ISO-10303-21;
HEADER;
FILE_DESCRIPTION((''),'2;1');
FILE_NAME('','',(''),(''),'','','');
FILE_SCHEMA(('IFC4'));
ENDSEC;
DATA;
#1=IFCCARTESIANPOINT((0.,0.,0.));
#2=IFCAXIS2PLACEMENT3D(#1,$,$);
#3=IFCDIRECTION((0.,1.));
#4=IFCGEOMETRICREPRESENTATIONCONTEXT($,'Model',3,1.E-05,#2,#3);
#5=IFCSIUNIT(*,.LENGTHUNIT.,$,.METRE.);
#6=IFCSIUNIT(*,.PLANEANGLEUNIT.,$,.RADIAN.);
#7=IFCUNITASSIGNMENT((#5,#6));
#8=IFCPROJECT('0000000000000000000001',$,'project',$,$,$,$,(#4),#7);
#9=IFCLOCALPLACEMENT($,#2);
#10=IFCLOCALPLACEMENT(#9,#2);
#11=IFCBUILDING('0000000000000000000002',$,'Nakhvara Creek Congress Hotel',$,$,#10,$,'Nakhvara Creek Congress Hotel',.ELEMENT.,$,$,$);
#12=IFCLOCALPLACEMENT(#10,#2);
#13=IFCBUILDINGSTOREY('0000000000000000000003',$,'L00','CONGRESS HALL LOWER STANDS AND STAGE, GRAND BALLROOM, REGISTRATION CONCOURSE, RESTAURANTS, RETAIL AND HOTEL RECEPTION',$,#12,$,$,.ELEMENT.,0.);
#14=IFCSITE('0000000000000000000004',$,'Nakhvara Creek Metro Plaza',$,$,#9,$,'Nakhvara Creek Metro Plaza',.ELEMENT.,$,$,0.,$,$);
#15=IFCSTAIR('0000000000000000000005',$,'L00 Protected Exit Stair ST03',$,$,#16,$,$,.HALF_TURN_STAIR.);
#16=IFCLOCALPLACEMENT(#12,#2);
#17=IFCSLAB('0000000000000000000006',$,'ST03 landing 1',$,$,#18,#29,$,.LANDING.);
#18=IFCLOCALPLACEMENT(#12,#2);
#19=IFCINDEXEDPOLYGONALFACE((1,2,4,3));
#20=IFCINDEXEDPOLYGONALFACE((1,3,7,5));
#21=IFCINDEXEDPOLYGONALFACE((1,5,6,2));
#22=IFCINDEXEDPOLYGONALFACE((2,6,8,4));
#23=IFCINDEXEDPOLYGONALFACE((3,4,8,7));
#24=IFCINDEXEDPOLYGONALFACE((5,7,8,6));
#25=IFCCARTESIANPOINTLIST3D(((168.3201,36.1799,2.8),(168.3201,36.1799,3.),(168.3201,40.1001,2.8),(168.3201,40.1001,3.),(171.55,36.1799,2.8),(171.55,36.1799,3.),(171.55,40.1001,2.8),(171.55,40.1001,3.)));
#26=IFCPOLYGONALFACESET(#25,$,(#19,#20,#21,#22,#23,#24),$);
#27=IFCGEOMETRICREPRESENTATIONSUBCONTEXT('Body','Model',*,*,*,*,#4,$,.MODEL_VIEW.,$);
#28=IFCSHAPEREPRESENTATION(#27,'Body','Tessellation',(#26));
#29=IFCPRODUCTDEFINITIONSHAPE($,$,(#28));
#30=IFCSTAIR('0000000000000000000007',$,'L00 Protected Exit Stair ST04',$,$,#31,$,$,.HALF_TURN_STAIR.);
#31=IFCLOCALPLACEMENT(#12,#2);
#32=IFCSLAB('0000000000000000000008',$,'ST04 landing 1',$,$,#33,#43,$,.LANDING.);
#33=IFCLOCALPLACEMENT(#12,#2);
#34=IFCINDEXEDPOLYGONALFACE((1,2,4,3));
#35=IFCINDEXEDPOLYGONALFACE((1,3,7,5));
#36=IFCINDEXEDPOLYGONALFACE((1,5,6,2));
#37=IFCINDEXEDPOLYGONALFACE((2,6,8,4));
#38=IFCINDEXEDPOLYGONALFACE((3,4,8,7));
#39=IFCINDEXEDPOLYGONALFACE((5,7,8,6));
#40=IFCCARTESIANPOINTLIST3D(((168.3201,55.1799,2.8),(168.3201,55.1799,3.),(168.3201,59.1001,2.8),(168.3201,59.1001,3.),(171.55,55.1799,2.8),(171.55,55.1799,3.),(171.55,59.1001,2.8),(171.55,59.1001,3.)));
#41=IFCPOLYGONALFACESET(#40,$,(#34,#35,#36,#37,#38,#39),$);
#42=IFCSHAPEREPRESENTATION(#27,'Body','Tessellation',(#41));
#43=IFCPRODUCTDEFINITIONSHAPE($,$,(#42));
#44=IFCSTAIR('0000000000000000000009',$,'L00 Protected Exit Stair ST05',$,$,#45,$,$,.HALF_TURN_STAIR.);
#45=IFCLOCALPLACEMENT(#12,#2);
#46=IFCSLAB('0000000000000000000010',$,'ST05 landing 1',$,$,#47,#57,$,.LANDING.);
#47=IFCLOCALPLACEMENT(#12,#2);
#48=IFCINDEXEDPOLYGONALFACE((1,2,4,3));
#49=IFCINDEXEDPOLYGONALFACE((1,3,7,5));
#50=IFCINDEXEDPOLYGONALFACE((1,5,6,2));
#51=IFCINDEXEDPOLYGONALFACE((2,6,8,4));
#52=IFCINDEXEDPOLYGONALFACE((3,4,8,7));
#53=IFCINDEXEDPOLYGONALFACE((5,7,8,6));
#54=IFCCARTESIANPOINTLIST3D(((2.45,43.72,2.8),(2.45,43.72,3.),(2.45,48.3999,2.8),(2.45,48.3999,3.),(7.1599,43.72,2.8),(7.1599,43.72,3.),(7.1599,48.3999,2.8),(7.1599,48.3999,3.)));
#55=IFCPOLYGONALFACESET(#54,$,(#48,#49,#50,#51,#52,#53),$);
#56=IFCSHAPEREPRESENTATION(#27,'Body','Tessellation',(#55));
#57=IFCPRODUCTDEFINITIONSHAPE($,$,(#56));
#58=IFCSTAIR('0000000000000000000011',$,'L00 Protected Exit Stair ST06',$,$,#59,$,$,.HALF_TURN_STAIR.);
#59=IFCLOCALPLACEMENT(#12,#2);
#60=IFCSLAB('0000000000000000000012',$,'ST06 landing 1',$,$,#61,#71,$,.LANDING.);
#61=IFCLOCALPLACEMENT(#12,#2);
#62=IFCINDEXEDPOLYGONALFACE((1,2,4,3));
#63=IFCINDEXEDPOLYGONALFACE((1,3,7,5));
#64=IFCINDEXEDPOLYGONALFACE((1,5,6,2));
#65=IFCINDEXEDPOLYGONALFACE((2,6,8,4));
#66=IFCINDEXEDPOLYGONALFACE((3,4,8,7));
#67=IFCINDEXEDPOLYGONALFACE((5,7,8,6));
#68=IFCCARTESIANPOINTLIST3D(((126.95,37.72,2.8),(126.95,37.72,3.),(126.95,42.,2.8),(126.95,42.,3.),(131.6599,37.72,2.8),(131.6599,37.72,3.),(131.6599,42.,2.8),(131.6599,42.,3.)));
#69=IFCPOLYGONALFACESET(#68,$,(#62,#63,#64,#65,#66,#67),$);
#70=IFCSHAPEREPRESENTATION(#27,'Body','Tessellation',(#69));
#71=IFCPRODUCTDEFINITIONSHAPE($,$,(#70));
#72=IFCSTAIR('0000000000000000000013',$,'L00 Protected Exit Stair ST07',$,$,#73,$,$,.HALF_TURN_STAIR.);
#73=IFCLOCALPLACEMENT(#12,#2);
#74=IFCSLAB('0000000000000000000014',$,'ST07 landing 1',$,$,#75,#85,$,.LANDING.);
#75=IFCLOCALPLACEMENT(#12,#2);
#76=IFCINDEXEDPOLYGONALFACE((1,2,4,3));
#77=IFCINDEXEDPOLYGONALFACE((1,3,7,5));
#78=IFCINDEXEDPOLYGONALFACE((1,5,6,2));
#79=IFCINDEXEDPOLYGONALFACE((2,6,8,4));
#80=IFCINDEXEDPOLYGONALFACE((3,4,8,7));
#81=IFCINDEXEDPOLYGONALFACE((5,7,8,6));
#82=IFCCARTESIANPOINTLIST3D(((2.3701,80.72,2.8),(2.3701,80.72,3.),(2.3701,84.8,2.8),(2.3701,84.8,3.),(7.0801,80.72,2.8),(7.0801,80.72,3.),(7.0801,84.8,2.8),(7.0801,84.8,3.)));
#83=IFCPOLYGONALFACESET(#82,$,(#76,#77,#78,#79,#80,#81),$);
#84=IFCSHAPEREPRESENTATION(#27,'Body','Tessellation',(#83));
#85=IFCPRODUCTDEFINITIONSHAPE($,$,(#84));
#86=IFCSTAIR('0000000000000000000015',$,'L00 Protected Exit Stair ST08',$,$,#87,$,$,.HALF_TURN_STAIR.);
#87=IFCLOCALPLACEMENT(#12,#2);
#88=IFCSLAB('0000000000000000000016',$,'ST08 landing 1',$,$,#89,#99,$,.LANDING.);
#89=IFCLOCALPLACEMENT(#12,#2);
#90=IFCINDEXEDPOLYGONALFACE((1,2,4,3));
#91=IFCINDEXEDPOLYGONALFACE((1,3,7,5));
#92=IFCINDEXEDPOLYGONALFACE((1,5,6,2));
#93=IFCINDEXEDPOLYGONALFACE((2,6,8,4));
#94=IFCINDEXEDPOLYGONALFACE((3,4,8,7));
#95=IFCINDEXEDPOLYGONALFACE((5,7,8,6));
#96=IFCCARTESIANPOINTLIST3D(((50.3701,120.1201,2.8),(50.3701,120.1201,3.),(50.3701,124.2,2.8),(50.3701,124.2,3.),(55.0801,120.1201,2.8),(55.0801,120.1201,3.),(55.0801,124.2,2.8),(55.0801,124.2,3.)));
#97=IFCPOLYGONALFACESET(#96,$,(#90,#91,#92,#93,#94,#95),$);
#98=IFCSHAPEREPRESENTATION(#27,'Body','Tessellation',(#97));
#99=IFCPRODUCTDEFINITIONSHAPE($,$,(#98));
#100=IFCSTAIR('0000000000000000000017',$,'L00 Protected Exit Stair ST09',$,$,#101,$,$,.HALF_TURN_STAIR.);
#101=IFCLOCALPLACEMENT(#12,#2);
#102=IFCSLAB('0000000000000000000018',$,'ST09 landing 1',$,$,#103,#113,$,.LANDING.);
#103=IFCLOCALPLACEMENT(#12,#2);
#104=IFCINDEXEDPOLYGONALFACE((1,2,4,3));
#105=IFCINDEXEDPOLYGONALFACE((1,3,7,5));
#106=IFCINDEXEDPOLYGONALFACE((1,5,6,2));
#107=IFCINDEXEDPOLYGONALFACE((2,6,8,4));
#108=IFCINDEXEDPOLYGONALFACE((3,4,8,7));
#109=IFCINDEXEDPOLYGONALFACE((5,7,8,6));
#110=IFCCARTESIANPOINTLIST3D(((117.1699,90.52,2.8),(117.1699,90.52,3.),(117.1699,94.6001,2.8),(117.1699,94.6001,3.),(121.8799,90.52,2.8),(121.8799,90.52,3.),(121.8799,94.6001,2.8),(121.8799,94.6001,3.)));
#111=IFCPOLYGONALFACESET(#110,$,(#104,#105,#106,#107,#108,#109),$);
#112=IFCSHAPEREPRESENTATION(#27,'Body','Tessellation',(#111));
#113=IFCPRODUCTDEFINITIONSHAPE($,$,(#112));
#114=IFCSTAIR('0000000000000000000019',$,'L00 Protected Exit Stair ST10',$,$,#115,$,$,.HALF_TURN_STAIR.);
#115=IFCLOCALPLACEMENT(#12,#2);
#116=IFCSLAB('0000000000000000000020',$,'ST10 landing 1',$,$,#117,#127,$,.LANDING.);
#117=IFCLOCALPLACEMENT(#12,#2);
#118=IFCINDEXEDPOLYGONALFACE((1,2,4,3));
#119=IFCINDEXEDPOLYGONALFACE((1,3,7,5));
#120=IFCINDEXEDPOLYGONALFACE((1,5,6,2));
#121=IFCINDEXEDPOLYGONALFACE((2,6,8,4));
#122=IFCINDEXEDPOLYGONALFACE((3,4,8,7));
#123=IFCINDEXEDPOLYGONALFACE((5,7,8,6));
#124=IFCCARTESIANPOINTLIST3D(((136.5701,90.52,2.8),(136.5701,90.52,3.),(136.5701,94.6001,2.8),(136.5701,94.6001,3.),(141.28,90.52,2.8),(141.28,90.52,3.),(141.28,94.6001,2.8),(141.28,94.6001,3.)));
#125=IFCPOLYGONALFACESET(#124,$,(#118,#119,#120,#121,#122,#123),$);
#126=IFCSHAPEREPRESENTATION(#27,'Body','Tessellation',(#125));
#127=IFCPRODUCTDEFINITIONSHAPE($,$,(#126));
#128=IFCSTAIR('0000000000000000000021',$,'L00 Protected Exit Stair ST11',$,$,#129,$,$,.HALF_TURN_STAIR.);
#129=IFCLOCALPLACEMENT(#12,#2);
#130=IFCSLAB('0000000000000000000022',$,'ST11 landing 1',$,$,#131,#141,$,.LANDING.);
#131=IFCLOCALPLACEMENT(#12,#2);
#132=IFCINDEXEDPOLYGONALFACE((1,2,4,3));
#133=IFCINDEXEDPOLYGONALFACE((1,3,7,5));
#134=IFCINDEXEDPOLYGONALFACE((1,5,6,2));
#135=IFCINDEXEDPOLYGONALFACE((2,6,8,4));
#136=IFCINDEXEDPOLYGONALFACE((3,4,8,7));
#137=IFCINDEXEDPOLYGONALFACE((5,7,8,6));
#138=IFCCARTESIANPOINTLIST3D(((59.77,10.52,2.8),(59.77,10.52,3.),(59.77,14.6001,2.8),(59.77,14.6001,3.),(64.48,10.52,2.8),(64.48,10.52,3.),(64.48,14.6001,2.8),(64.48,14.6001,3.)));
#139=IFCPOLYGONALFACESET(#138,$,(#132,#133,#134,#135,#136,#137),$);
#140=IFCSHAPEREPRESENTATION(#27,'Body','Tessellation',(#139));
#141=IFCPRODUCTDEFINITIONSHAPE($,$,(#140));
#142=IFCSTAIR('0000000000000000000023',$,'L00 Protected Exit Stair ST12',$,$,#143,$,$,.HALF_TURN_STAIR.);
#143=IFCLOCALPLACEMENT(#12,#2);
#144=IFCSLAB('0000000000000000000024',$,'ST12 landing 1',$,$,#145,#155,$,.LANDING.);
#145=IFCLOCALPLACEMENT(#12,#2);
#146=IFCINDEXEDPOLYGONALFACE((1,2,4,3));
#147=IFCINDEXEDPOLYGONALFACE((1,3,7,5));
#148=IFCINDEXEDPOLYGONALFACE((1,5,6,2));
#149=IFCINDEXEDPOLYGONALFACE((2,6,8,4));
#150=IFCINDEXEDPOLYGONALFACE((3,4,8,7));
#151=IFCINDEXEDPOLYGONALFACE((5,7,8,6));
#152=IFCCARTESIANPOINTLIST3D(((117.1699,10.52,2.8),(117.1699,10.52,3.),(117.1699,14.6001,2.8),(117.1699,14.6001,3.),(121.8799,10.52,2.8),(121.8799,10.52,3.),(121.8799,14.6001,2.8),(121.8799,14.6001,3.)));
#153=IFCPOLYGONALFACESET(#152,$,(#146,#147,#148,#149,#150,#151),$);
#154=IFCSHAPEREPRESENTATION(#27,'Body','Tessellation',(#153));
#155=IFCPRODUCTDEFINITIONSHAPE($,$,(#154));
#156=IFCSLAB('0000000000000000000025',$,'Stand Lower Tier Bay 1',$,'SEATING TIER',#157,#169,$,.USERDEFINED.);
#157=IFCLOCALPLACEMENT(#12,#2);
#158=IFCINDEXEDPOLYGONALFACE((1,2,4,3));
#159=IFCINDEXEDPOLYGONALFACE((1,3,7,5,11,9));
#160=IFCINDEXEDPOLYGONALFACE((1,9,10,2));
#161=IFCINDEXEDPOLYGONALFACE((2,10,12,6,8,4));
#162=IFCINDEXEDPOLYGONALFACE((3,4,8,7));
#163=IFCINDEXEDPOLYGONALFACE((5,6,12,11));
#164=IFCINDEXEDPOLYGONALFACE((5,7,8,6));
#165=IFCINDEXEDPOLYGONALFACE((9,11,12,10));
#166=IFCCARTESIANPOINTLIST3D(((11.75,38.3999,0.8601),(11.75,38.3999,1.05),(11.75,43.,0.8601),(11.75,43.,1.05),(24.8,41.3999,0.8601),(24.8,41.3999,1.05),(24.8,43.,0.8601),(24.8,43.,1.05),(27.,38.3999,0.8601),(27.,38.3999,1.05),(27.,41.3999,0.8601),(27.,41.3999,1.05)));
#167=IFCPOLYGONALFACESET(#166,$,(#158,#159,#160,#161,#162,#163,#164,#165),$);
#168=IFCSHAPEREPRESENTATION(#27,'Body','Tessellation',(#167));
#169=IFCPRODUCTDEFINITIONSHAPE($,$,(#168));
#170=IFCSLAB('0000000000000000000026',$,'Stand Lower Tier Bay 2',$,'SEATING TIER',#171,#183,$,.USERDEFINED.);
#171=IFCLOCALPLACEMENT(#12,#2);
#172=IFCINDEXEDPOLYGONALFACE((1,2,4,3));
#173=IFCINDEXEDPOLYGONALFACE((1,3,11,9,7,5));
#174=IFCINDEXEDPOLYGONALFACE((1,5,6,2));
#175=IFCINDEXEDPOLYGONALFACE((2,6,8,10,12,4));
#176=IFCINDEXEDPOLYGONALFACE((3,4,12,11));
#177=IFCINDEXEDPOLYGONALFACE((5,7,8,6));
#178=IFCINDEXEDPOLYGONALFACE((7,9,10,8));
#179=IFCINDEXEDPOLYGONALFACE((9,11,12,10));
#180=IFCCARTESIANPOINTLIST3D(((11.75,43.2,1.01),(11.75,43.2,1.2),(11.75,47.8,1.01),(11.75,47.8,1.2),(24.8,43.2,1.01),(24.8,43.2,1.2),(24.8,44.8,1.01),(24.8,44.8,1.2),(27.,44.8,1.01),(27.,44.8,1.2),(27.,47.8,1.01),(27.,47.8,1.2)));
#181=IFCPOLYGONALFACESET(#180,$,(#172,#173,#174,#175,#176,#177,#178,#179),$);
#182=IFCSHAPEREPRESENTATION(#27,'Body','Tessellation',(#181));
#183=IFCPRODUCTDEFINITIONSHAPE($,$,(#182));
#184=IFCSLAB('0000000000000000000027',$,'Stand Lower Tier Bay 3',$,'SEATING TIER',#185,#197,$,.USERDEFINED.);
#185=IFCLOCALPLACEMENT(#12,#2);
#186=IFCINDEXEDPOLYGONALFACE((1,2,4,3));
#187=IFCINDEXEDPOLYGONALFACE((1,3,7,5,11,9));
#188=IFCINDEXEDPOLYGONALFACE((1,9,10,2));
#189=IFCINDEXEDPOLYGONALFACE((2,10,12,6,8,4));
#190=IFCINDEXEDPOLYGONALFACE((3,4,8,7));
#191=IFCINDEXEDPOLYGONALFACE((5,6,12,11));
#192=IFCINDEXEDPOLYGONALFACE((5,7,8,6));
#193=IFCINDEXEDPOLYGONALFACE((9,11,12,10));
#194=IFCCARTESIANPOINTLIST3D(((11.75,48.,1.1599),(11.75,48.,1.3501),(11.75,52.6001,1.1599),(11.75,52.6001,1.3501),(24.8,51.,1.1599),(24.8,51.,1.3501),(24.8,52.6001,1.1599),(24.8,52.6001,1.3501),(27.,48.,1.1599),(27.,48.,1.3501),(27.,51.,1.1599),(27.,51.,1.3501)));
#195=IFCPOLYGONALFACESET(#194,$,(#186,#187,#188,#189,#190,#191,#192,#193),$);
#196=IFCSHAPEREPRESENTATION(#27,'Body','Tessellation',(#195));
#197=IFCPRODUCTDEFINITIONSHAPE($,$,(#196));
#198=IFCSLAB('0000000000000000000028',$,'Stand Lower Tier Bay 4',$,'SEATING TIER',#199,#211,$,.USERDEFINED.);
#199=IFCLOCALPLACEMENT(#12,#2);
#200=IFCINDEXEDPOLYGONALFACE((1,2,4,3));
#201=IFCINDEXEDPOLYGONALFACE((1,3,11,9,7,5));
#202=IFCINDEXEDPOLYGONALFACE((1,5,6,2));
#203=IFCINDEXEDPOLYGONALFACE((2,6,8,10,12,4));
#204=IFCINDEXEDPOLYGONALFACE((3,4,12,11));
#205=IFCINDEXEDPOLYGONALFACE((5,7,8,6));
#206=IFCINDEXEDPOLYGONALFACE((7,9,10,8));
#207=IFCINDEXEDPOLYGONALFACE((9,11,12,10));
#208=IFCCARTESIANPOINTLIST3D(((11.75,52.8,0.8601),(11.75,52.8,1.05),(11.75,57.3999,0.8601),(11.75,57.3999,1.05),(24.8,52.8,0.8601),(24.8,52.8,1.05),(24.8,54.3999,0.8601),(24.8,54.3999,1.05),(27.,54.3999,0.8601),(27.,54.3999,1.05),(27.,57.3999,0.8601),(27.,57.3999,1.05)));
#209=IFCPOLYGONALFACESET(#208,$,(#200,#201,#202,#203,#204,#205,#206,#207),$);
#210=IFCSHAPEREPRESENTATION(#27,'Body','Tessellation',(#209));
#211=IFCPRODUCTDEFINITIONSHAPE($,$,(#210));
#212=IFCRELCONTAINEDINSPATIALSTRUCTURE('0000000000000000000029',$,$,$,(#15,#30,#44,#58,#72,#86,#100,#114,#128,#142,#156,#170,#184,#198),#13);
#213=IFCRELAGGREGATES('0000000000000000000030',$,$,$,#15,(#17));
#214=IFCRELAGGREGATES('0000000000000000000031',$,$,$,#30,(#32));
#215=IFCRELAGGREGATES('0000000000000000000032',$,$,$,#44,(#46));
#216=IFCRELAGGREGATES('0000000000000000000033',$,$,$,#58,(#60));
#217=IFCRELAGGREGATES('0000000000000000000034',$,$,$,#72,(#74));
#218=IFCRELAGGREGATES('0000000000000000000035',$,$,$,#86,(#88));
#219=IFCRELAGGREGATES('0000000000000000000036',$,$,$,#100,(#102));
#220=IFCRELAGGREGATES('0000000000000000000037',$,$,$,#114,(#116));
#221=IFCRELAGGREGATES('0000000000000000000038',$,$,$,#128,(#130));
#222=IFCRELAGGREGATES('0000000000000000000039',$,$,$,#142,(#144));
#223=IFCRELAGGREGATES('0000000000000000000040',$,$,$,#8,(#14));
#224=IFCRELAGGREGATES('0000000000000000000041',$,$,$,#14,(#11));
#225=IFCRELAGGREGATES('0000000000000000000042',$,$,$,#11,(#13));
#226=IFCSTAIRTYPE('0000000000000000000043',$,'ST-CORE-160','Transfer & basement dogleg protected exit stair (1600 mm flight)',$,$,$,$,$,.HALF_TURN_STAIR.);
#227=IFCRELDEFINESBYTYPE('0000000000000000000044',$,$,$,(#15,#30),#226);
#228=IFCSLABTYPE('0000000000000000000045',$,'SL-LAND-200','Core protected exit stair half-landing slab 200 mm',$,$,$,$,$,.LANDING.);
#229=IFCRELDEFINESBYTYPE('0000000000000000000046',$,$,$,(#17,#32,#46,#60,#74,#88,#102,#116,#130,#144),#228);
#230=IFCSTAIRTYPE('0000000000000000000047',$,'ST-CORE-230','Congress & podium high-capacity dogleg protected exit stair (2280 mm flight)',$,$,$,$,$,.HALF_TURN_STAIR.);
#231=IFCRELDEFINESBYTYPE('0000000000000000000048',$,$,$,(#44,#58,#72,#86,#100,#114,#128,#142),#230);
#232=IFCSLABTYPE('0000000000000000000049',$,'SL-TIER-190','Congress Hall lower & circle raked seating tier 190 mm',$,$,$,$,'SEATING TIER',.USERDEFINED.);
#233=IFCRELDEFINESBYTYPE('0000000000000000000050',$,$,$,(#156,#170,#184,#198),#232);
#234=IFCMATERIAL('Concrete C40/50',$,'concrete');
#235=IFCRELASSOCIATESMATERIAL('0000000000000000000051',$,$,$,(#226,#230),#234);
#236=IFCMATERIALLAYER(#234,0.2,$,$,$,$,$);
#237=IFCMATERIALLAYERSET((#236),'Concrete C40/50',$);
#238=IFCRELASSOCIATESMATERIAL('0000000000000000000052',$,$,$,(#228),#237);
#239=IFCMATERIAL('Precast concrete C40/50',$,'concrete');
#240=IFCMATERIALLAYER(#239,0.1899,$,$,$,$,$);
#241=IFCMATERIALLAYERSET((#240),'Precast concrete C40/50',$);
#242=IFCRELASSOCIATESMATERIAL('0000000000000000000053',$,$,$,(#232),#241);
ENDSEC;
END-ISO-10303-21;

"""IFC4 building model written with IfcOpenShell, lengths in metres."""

from ifc_helpers import new_model, si_unit, direction, frame, origin, place, context, subcontext, project, spatial, polyline, outline, extrude, material, layer, layer_set, type_object, element, aggregate, save


model = new_model("IFC4")

# Units and contexts
model_context = context("Model", 3, precision=1e-05, world=origin(), true_north=direction((0.0, 1.0)))
body_context = subcontext(model_context, "Body", "Model", "MODEL_VIEW")
ifc_project = project(units=[si_unit("LENGTHUNIT", "METRE"), si_unit("PLANEANGLEUNIT", "RADIAN")], contexts=[model_context])

# Site, building, storey
site_placement = place(None, origin())
site = spatial("IfcSite", under=ifc_project, at=site_placement, Name="Nakhvara Creek Metro Plaza", LongName="Nakhvara Creek Metro Plaza", CompositionType="ELEMENT", RefElevation=0.0)
building_placement = place(site_placement, origin())
building = spatial("IfcBuilding", under=site, at=building_placement, Name="Nakhvara Creek Congress Hotel", LongName="Nakhvara Creek Congress Hotel", CompositionType="ELEMENT")
storey_placement = place(building_placement, origin())
storey = spatial("IfcBuildingStorey", under=building, at=storey_placement, Name="L00", Description="CONGRESS HALL LOWER STANDS AND STAGE, GRAND BALLROOM, REGISTRATION CONCOURSE, RESTAURANTS, RETAIL AND HOTEL RECEPTION", CompositionType="ELEMENT", Elevation=0.0)

# Shared definitions
ifc_material_1 = material(Name="Concrete C40/50", Category="concrete")

# Stairs, slabs
stair_type_1 = type_object("IfcStairType", Name="ST-CORE-160", Description="Transfer & basement dogleg protected exit stair (1600 mm flight)", PredefinedType="HALF_TURN_STAIR", material=ifc_material_1)
ifc_layer_1 = layer(ifc_material_1, 0.2)
ifc_layer_set_1 = layer_set([ifc_layer_1], Name="Concrete C40/50")
slab_type_1 = type_object("IfcSlabType", Name="SL-LAND-200", Description="Core protected exit stair half-landing slab 200 mm", PredefinedType="LANDING", material=ifc_layer_set_1)
stair_1_placement = place(storey_placement, origin())
stair_1 = element("IfcStair", 1, at=stair_1_placement, inside=storey, type_object=stair_type_1, Name="L00 Protected Exit Stair ST03", PredefinedType="HALF_TURN_STAIR")
slab_1_placement = place(storey_placement, frame((0.0, 0.0, 2.8)))
slab_1 = element("IfcSlab", 2, at=slab_1_placement, type_object=slab_type_1, Name="ST03 landing 1", PredefinedType="LANDING", context=body_context, shape_type="SweptSolid", body=[
    extrude(outline(polyline([(171.55, 36.1799), (171.55, 40.1001), (168.3201, 40.1001), (168.3201, 36.1799), (171.55, 36.1799)])), origin(), (0.0, 0.0, 1.0), 0.2),
])
aggregate(stair_1, [slab_1])
stair_2_placement = place(storey_placement, origin())
stair_2 = element("IfcStair", 3, at=stair_2_placement, inside=storey, type_object=stair_type_1, Name="L00 Protected Exit Stair ST04", PredefinedType="HALF_TURN_STAIR")
slab_2_placement = place(storey_placement, frame((0.0, 0.0, 2.8)))
slab_2 = element("IfcSlab", 4, at=slab_2_placement, type_object=slab_type_1, Name="ST04 landing 1", PredefinedType="LANDING", context=body_context, shape_type="SweptSolid", body=[
    extrude(outline(polyline([(171.55, 55.1799), (171.55, 59.1001), (168.3201, 59.1001), (168.3201, 55.1799), (171.55, 55.1799)])), origin(), (0.0, 0.0, 1.0), 0.2),
])
aggregate(stair_2, [slab_2])
stair_type_2 = type_object("IfcStairType", Name="ST-CORE-230", Description="Congress & podium high-capacity dogleg protected exit stair (2280 mm flight)", PredefinedType="HALF_TURN_STAIR", material=ifc_material_1)
stair_3_placement = place(storey_placement, origin())
stair_3 = element("IfcStair", 5, at=stair_3_placement, inside=storey, type_object=stair_type_2, Name="L00 Protected Exit Stair ST05", PredefinedType="HALF_TURN_STAIR")
slab_3_placement = place(storey_placement, frame((0.0, 0.0, 2.8)))
slab_3 = element("IfcSlab", 6, at=slab_3_placement, type_object=slab_type_1, Name="ST05 landing 1", PredefinedType="LANDING", context=body_context, shape_type="SweptSolid", body=[
    extrude(outline(polyline([(7.1599, 43.72), (7.1599, 48.3999), (2.45, 48.3999), (2.45, 43.72), (7.1599, 43.72)])), origin(), (0.0, 0.0, 1.0), 0.2),
])
aggregate(stair_3, [slab_3])
stair_4_placement = place(storey_placement, origin())
stair_4 = element("IfcStair", 7, at=stair_4_placement, inside=storey, type_object=stair_type_2, Name="L00 Protected Exit Stair ST06", PredefinedType="HALF_TURN_STAIR")
slab_4_placement = place(storey_placement, frame((0.0, 0.0, 2.8)))
slab_4 = element("IfcSlab", 8, at=slab_4_placement, type_object=slab_type_1, Name="ST06 landing 1", PredefinedType="LANDING", context=body_context, shape_type="SweptSolid", body=[
    extrude(outline(polyline([(131.6599, 37.72), (131.6599, 42.0), (126.95, 42.0), (126.95, 37.72), (131.6599, 37.72)])), origin(), (0.0, 0.0, 1.0), 0.2),
])
aggregate(stair_4, [slab_4])
stair_5_placement = place(storey_placement, origin())
stair_5 = element("IfcStair", 9, at=stair_5_placement, inside=storey, type_object=stair_type_2, Name="L00 Protected Exit Stair ST07", PredefinedType="HALF_TURN_STAIR")
slab_5_placement = place(storey_placement, frame((0.0, 0.0, 2.8)))
slab_5 = element("IfcSlab", 10, at=slab_5_placement, type_object=slab_type_1, Name="ST07 landing 1", PredefinedType="LANDING", context=body_context, shape_type="SweptSolid", body=[
    extrude(outline(polyline([(7.0801, 80.72), (7.0801, 84.8), (2.3701, 84.8), (2.3701, 80.72), (7.0801, 80.72)])), origin(), (0.0, 0.0, 1.0), 0.2),
])
aggregate(stair_5, [slab_5])
stair_6_placement = place(storey_placement, origin())
stair_6 = element("IfcStair", 11, at=stair_6_placement, inside=storey, type_object=stair_type_2, Name="L00 Protected Exit Stair ST08", PredefinedType="HALF_TURN_STAIR")
slab_6_placement = place(storey_placement, frame((0.0, 0.0, 2.8)))
slab_6 = element("IfcSlab", 12, at=slab_6_placement, type_object=slab_type_1, Name="ST08 landing 1", PredefinedType="LANDING", context=body_context, shape_type="SweptSolid", body=[
    extrude(outline(polyline([(55.0801, 120.1201), (55.0801, 124.2), (50.3701, 124.2), (50.3701, 120.1201), (55.0801, 120.1201)])), origin(), (0.0, 0.0, 1.0), 0.2),
])
aggregate(stair_6, [slab_6])
stair_7_placement = place(storey_placement, origin())
stair_7 = element("IfcStair", 13, at=stair_7_placement, inside=storey, type_object=stair_type_2, Name="L00 Protected Exit Stair ST09", PredefinedType="HALF_TURN_STAIR")
slab_7_placement = place(storey_placement, frame((0.0, 0.0, 2.8)))
slab_7 = element("IfcSlab", 14, at=slab_7_placement, type_object=slab_type_1, Name="ST09 landing 1", PredefinedType="LANDING", context=body_context, shape_type="SweptSolid", body=[
    extrude(outline(polyline([(121.8799, 90.52), (121.8799, 94.6001), (117.1699, 94.6001), (117.1699, 90.52), (121.8799, 90.52)])), origin(), (0.0, 0.0, 1.0), 0.2),
])
aggregate(stair_7, [slab_7])
stair_8_placement = place(storey_placement, origin())
stair_8 = element("IfcStair", 15, at=stair_8_placement, inside=storey, type_object=stair_type_2, Name="L00 Protected Exit Stair ST10", PredefinedType="HALF_TURN_STAIR")
slab_8_placement = place(storey_placement, frame((0.0, 0.0, 2.8)))
slab_8 = element("IfcSlab", 16, at=slab_8_placement, type_object=slab_type_1, Name="ST10 landing 1", PredefinedType="LANDING", context=body_context, shape_type="SweptSolid", body=[
    extrude(outline(polyline([(141.28, 90.52), (141.28, 94.6001), (136.5701, 94.6001), (136.5701, 90.52), (141.28, 90.52)])), origin(), (0.0, 0.0, 1.0), 0.2),
])
aggregate(stair_8, [slab_8])
stair_9_placement = place(storey_placement, origin())
stair_9 = element("IfcStair", 17, at=stair_9_placement, inside=storey, type_object=stair_type_2, Name="L00 Protected Exit Stair ST11", PredefinedType="HALF_TURN_STAIR")
slab_9_placement = place(storey_placement, frame((0.0, 0.0, 2.8)))
slab_9 = element("IfcSlab", 18, at=slab_9_placement, type_object=slab_type_1, Name="ST11 landing 1", PredefinedType="LANDING", context=body_context, shape_type="SweptSolid", body=[
    extrude(outline(polyline([(64.48, 10.52), (64.48, 14.6001), (59.77, 14.6001), (59.77, 10.52), (64.48, 10.52)])), origin(), (0.0, 0.0, 1.0), 0.2),
])
aggregate(stair_9, [slab_9])
stair_10_placement = place(storey_placement, origin())
stair_10 = element("IfcStair", 19, at=stair_10_placement, inside=storey, type_object=stair_type_2, Name="L00 Protected Exit Stair ST12", PredefinedType="HALF_TURN_STAIR")
slab_10_placement = place(storey_placement, frame((0.0, 0.0, 2.8)))
slab_10 = element("IfcSlab", 20, at=slab_10_placement, type_object=slab_type_1, Name="ST12 landing 1", PredefinedType="LANDING", context=body_context, shape_type="SweptSolid", body=[
    extrude(outline(polyline([(121.8799, 10.52), (121.8799, 14.6001), (117.1699, 14.6001), (117.1699, 10.52), (121.8799, 10.52)])), origin(), (0.0, 0.0, 1.0), 0.2),
])
aggregate(stair_10, [slab_10])

# Slabs
ifc_material_2 = material(Name="Precast concrete C40/50", Category="concrete")
ifc_layer_2 = layer(ifc_material_2, 0.1899)
ifc_layer_set_2 = layer_set([ifc_layer_2], Name="Precast concrete C40/50")
slab_type_2 = type_object("IfcSlabType", Name="SL-TIER-190", Description="Congress Hall lower & circle raked seating tier 190 mm", ElementType="SEATING TIER", PredefinedType="USERDEFINED", material=ifc_layer_set_2)
slab_11_placement = place(storey_placement, frame((0.0, 0.0, 0.8601)))
element("IfcSlab", 21, at=slab_11_placement, inside=storey, type_object=slab_type_2, Name="Stand Lower Tier Bay 1", ObjectType="SEATING TIER", PredefinedType="USERDEFINED", context=body_context, shape_type="SweptSolid", body=[
    extrude(outline(polyline([(11.75, 38.3999), (27.0, 38.3999), (27.0, 41.3999), (24.8, 41.3999), (24.8, 43.0), (11.75, 43.0), (11.75, 38.3999)])), origin(), (0.0, 0.0, 1.0), 0.1899),
])
slab_12_placement = place(storey_placement, frame((0.0, 0.0, 1.01)))
element("IfcSlab", 22, at=slab_12_placement, inside=storey, type_object=slab_type_2, Name="Stand Lower Tier Bay 2", ObjectType="SEATING TIER", PredefinedType="USERDEFINED", context=body_context, shape_type="SweptSolid", body=[
    extrude(outline(polyline([(11.75, 43.2), (24.8, 43.2), (24.8, 44.8), (27.0, 44.8), (27.0, 47.8), (11.75, 47.8), (11.75, 43.2)])), origin(), (0.0, 0.0, 1.0), 0.1899),
])
slab_13_placement = place(storey_placement, frame((0.0, 0.0, 1.1599)))
element("IfcSlab", 23, at=slab_13_placement, inside=storey, type_object=slab_type_2, Name="Stand Lower Tier Bay 3", ObjectType="SEATING TIER", PredefinedType="USERDEFINED", context=body_context, shape_type="SweptSolid", body=[
    extrude(outline(polyline([(11.75, 48.0), (27.0, 48.0), (27.0, 51.0), (24.8, 51.0), (24.8, 52.6001), (11.75, 52.6001), (11.75, 48.0)])), origin(), (0.0, 0.0, 1.0), 0.1902),
])
slab_14_placement = place(storey_placement, frame((0.0, 0.0, 0.8601)))
element("IfcSlab", 24, at=slab_14_placement, inside=storey, type_object=slab_type_2, Name="Stand Lower Tier Bay 4", ObjectType="SEATING TIER", PredefinedType="USERDEFINED", context=body_context, shape_type="SweptSolid", body=[
    extrude(outline(polyline([(11.75, 52.8), (24.8, 52.8), (24.8, 54.3999), (27.0, 54.3999), (27.0, 57.3999), (11.75, 57.3999), (11.75, 52.8)])), origin(), (0.0, 0.0, 1.0), 0.1899),
])

save(model, "model.ifc")
